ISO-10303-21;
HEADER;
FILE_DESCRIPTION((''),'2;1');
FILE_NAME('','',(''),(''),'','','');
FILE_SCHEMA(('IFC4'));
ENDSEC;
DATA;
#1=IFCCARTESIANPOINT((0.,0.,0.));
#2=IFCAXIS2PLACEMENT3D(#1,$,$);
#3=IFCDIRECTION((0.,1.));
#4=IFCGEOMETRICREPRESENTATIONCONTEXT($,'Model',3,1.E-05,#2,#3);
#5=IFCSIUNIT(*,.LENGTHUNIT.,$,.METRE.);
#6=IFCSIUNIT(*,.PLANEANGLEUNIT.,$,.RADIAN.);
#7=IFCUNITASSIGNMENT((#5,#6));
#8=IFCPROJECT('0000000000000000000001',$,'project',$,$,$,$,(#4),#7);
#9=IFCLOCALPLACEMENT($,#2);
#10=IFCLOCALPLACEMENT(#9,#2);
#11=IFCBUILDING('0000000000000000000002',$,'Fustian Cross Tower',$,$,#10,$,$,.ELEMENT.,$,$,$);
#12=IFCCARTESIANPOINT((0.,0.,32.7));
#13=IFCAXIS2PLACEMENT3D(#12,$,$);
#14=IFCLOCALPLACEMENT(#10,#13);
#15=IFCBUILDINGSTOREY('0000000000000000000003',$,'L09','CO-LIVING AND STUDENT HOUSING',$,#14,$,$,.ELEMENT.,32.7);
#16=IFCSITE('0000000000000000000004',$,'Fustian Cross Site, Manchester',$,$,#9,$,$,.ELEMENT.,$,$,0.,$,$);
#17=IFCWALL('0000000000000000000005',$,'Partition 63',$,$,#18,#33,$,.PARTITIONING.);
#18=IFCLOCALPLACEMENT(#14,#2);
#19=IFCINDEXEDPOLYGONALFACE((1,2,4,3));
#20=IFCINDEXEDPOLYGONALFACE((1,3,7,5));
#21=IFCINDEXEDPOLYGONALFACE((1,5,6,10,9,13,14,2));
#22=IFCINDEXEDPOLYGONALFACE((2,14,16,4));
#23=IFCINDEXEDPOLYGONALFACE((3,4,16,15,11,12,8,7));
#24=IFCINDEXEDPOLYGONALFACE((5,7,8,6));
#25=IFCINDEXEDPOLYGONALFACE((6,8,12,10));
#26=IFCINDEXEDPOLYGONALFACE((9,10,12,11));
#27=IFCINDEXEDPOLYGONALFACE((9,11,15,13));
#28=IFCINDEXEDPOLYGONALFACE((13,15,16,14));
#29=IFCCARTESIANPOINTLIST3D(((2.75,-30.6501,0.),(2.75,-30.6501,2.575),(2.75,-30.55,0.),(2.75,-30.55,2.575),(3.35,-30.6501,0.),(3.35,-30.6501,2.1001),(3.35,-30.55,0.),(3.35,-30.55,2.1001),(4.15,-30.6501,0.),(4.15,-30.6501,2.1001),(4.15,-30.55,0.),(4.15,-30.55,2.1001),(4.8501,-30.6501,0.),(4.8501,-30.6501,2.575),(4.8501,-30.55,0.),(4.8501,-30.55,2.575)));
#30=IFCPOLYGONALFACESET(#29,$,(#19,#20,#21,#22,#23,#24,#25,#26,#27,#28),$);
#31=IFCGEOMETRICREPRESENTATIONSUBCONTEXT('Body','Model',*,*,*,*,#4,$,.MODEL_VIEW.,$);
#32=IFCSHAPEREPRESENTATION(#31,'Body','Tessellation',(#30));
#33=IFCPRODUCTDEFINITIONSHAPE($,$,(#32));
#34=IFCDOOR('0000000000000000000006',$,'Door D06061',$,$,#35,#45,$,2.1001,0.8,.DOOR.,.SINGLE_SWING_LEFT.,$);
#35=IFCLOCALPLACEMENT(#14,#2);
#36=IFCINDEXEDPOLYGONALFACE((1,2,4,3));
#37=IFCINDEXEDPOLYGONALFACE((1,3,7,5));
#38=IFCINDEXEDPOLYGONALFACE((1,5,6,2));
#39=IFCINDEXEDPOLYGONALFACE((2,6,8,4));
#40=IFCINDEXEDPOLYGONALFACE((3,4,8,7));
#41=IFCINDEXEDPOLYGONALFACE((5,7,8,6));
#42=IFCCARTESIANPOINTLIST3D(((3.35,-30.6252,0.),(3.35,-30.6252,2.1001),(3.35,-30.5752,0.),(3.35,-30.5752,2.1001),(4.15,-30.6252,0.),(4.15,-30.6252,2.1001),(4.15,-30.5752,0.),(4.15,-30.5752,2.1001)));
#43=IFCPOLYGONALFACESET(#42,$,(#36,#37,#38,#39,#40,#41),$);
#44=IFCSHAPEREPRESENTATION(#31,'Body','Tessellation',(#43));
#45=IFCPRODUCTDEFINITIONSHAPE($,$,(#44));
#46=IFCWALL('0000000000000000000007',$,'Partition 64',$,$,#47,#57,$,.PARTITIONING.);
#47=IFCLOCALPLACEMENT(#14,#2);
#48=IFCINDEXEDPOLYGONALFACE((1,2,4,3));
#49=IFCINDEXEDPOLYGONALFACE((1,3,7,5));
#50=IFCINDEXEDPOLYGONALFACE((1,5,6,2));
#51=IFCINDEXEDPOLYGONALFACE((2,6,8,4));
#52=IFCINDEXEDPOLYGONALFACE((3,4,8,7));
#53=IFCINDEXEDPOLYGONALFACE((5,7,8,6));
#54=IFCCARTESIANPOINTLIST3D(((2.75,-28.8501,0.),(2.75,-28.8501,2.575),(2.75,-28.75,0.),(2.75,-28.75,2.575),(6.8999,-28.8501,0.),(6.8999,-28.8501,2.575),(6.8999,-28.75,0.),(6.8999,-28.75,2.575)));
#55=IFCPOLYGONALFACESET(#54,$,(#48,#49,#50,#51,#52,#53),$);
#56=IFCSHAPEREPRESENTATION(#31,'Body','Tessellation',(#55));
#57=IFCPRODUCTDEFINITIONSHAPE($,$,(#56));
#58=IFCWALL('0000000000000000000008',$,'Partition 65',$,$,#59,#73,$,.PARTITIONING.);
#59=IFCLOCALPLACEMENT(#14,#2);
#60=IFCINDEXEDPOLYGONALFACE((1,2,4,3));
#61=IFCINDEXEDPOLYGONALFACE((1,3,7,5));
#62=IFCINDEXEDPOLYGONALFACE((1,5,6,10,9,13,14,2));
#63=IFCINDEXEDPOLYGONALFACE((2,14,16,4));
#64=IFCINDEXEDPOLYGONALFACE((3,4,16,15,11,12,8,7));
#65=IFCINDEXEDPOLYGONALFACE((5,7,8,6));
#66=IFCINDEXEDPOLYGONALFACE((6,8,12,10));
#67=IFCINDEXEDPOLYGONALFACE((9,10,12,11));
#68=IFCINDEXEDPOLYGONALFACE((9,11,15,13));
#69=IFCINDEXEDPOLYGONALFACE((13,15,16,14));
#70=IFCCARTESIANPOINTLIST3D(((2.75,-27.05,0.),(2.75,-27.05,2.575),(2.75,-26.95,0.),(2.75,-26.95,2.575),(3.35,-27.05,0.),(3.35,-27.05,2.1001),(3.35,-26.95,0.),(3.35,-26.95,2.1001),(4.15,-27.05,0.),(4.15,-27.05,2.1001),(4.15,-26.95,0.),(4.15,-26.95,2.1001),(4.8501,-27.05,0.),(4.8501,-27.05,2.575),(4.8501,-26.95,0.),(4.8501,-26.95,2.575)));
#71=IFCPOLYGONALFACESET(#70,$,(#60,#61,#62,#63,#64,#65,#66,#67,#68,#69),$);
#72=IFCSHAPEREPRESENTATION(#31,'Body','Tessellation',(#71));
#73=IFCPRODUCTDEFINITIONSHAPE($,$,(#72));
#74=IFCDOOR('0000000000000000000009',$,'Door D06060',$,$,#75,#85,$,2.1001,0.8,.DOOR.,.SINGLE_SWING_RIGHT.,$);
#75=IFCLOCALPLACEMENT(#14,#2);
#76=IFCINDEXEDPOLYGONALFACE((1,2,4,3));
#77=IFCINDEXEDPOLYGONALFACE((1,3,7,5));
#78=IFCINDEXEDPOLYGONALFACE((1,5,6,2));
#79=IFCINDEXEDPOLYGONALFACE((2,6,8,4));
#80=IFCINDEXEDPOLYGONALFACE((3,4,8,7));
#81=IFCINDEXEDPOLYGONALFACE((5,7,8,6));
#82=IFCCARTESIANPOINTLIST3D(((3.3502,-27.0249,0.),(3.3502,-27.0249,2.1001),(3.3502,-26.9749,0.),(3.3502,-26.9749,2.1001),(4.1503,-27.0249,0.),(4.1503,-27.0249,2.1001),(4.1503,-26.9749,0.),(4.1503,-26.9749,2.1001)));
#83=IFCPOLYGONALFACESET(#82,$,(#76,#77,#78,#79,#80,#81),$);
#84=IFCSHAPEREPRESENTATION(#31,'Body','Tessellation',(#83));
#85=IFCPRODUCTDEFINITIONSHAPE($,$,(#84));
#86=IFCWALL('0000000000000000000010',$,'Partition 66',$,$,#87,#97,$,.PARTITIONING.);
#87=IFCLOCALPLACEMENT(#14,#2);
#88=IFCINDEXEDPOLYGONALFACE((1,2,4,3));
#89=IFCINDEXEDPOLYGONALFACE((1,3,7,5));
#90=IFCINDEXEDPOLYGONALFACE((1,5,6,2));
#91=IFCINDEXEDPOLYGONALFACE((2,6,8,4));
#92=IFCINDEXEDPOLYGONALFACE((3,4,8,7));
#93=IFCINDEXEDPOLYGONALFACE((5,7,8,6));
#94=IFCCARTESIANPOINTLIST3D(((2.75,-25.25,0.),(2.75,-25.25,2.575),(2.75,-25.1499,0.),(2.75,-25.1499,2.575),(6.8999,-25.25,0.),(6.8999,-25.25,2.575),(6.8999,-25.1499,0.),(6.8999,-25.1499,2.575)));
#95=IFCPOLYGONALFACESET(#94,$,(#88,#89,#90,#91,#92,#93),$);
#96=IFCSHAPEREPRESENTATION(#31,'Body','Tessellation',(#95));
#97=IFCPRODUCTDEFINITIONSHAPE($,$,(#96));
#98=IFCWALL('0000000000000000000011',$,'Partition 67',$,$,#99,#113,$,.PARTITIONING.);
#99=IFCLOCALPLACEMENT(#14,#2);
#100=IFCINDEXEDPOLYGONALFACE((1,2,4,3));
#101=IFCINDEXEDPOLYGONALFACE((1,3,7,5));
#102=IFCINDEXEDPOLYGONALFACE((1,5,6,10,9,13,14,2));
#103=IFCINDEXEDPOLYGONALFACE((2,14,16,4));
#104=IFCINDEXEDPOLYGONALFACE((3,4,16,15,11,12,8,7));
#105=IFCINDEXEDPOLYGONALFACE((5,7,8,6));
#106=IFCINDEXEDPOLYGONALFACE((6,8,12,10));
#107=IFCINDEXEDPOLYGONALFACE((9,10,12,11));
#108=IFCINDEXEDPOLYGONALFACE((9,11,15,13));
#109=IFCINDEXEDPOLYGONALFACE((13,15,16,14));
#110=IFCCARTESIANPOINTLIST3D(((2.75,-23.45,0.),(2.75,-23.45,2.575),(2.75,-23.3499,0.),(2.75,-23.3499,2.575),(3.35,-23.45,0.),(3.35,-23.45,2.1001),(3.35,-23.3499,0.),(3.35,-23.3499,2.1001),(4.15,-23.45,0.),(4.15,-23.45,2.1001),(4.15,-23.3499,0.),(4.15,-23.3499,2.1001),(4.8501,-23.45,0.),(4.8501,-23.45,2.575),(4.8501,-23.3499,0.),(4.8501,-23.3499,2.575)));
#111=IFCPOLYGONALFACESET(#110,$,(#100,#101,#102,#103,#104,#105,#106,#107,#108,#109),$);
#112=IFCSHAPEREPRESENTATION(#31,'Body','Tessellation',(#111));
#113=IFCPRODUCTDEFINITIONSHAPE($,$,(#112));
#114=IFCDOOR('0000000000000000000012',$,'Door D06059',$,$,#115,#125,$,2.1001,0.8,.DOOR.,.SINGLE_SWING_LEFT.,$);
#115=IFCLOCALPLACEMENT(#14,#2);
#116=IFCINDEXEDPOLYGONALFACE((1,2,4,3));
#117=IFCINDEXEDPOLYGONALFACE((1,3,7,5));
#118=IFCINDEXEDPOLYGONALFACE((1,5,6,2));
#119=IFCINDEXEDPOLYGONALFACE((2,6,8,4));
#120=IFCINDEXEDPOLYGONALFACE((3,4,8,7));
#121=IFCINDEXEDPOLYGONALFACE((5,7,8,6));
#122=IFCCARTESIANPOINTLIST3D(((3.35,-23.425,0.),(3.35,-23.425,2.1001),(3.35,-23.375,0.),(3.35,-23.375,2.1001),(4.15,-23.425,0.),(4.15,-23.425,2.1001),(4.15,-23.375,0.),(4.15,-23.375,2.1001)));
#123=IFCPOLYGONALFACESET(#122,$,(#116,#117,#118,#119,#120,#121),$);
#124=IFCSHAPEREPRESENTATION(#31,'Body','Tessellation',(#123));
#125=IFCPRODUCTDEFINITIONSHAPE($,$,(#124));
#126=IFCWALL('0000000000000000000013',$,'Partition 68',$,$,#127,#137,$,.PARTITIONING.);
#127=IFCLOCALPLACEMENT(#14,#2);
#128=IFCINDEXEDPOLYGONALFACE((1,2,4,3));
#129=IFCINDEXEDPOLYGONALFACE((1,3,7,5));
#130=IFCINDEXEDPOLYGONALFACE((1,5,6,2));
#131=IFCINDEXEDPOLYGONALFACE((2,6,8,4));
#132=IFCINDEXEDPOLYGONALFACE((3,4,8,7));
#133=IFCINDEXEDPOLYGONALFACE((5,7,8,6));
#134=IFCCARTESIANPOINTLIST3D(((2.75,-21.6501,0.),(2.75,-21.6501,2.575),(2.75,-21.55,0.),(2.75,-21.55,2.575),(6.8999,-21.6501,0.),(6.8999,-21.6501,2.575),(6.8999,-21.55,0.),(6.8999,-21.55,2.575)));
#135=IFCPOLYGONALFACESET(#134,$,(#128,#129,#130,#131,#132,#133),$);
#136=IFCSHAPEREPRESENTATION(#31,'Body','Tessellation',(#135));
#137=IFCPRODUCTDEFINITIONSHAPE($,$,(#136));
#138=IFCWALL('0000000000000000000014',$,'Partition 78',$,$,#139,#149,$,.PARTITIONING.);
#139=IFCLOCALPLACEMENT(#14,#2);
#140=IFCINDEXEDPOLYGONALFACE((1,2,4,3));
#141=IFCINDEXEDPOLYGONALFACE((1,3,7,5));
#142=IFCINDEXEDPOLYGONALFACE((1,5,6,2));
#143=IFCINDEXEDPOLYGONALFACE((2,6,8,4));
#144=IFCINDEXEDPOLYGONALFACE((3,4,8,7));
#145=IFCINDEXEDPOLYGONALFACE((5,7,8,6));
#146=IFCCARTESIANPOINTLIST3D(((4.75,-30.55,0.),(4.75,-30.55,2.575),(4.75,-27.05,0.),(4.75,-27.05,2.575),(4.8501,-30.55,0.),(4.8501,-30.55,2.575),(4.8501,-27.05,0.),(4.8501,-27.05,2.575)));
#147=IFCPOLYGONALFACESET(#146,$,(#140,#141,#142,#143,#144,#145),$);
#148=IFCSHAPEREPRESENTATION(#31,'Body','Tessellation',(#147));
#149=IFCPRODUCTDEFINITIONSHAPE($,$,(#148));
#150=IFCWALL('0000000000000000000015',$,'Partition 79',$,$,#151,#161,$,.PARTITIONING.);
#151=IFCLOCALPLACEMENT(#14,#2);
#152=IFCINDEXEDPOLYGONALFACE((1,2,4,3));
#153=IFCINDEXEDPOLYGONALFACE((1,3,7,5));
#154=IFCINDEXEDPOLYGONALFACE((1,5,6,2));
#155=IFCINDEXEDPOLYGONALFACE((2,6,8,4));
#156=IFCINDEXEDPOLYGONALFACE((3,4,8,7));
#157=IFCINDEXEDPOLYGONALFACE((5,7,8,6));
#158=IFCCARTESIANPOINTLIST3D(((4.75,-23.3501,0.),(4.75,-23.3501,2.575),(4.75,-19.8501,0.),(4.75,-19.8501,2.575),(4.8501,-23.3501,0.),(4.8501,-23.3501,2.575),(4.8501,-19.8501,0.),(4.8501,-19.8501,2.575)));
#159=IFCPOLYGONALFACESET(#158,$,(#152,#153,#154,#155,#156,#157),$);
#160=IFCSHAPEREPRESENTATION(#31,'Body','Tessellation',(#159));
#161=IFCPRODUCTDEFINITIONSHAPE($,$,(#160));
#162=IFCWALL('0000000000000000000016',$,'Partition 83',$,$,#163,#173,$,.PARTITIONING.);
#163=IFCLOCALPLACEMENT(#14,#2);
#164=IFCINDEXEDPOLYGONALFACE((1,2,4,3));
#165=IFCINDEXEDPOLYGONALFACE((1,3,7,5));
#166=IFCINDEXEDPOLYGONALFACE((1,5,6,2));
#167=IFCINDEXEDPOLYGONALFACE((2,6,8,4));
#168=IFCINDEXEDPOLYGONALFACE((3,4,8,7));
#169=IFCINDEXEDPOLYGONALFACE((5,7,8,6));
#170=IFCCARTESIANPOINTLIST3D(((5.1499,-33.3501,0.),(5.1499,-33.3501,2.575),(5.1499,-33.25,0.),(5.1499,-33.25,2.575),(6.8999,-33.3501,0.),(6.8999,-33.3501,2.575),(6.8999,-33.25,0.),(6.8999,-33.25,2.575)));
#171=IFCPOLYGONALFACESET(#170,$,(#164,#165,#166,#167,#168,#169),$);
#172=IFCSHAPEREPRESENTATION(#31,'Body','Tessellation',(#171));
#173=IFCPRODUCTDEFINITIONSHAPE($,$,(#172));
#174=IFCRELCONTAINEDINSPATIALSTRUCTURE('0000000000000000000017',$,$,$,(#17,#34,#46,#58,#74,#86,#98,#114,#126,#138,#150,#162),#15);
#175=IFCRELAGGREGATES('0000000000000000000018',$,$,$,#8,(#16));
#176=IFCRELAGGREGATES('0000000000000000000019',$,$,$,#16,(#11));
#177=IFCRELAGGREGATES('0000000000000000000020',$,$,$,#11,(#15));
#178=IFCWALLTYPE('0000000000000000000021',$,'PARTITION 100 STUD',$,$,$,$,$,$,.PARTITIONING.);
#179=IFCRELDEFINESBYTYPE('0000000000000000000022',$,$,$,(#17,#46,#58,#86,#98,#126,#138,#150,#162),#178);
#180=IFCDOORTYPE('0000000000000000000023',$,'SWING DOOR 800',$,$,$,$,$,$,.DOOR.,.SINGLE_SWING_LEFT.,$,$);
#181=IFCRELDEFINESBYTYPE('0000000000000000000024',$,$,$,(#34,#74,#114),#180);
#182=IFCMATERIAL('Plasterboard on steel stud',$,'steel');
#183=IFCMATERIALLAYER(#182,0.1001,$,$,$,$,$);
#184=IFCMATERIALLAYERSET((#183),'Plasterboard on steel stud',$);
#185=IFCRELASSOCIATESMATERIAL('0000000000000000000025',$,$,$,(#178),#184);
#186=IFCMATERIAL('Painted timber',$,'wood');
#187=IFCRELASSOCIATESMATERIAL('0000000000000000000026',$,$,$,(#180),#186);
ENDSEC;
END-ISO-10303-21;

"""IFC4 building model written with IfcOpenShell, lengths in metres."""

from ifc_helpers import new_model, si_unit, direction, frame, frame_2d, origin, place, context, subcontext, project, spatial, rectangle, extrude, material, layer, layer_set, type_object, element, fill, save


model = new_model("IFC4")

# Units and contexts
model_context = context("Model", 3, precision=1e-05, world=origin(), true_north=direction((0.0, 1.0)))
body_context = subcontext(model_context, "Body", "Model", "MODEL_VIEW")
ifc_project = project(units=[si_unit("LENGTHUNIT", "METRE"), si_unit("PLANEANGLEUNIT", "RADIAN")], contexts=[model_context])

# Site, building, storey
site_placement = place(None, origin())
site = spatial("IfcSite", under=ifc_project, at=site_placement, Name="Fustian Cross Site, Manchester", CompositionType="ELEMENT", RefElevation=0.0)
building_placement = place(site_placement, origin())
building = spatial("IfcBuilding", under=site, at=building_placement, Name="Fustian Cross Tower", CompositionType="ELEMENT")
storey_placement = place(building_placement, frame((0.0, 0.0, 32.7)))
storey = spatial("IfcBuildingStorey", under=building, at=storey_placement, Name="L09", Description="CO-LIVING AND STUDENT HOUSING", CompositionType="ELEMENT", Elevation=32.7)

# Shared definitions
ifc_material_1 = material(Name="Plasterboard on steel stud", Category="steel")
ifc_layer_1 = layer(ifc_material_1, 0.1001)
ifc_layer_set_1 = layer_set([ifc_layer_1], Name="Plasterboard on steel stud")
wall_type_1 = type_object("IfcWallType", Name="PARTITION 100 STUD", PredefinedType="PARTITIONING", material=ifc_layer_set_1)

# Wall, opening, door
wall_1_placement = place(storey_placement, frame((2.75, -30.6001, 0.0), z_axis=(0.0, 0.0, 1.0), x_axis=(1.0, 0.0, 0.0)))
wall_1 = element("IfcWall", 1, at=wall_1_placement, inside=storey, type_object=wall_type_1, Name="Partition 63", PredefinedType="PARTITIONING", context=body_context, shape_type="SweptSolid", body=[
    extrude(rectangle(XDim=2.1001, YDim=0.1001, at=frame_2d((1.05, 0.0))), origin(), (0.0, 0.0, 1.0), 2.575),
])
opening_1_placement = place(wall_1_placement, frame((0.6001, 0.0, 0.0)))
opening_1 = element("IfcOpeningElement", 2, at=opening_1_placement, cuts=wall_1, PredefinedType="OPENING", context=body_context, shape_type="SweptSolid", body=[
    extrude(rectangle(XDim=0.8, YDim=2.1001, at=frame_2d((0.3999, 1.05))), frame((0.0, 0.0601, 0.0), z_axis=(0.0, -1.0, 0.0), x_axis=(1.0, 0.0, 0.0)), (0.0, 0.0, 1.0), 0.1201),
])
ifc_material_2 = material(Name="Painted timber", Category="wood")
door_type_1 = type_object("IfcDoorType", Name="SWING DOOR 800", OperationType="SINGLE_SWING_LEFT", PredefinedType="DOOR", material=ifc_material_2)
door_1_placement = place(opening_1_placement, origin())
door_1 = element("IfcDoor", 3, at=door_1_placement, inside=storey, type_object=door_type_1, Name="Door D06061", OperationType="SINGLE_SWING_LEFT", OverallHeight=2.1001, OverallWidth=0.8, PredefinedType="DOOR", context=body_context, shape_type="SweptSolid", body=[
    extrude(rectangle(XDim=0.8, YDim=2.1001, at=frame_2d((0.3999, 1.05))), frame((0.0, 0.0249, 0.0), z_axis=(0.0, -1.0, 0.0), x_axis=(1.0, 0.0, 0.0)), (0.0, 0.0, 1.0), 0.05),
])
fill(opening_1, door_1)

# Wall
wall_2_placement = place(storey_placement, frame((2.75, -28.8, 0.0), z_axis=(0.0, 0.0, 1.0), x_axis=(1.0, 0.0, 0.0)))
element("IfcWall", 4, at=wall_2_placement, inside=storey, type_object=wall_type_1, Name="Partition 64", PredefinedType="PARTITIONING", context=body_context, shape_type="SweptSolid", body=[
    extrude(rectangle(XDim=4.1499, YDim=0.1001, at=frame_2d((2.075, 0.0))), origin(), (0.0, 0.0, 1.0), 2.575),
])

# Wall, opening, door
wall_3_placement = place(storey_placement, frame((2.75, -27.0, 0.0), z_axis=(0.0, 0.0, 1.0), x_axis=(1.0, 0.0, 0.0)))
wall_3 = element("IfcWall", 5, at=wall_3_placement, inside=storey, type_object=wall_type_1, Name="Partition 65", PredefinedType="PARTITIONING", context=body_context, shape_type="SweptSolid", body=[
    extrude(rectangle(XDim=2.1001, YDim=0.1001, at=frame_2d((1.05, 0.0))), origin(), (0.0, 0.0, 1.0), 2.575),
])
opening_2_placement = place(wall_3_placement, frame((0.6001, 0.0, 0.0)))
opening_2 = element("IfcOpeningElement", 6, at=opening_2_placement, cuts=wall_3, PredefinedType="OPENING", context=body_context, shape_type="SweptSolid", body=[
    extrude(rectangle(XDim=0.8, YDim=2.1001, at=frame_2d((0.3999, 1.05))), frame((0.0, 0.0601, 0.0), z_axis=(0.0, -1.0, 0.0), x_axis=(1.0, 0.0, 0.0)), (0.0, 0.0, 1.0), 0.1201),
])
door_2_placement = place(opening_2_placement, frame((0.8, 0.0, 0.0), z_axis=(0.0, 0.0, 1.0), x_axis=(-1.0, 0.0, 0.0)))
door_2 = element("IfcDoor", 7, at=door_2_placement, inside=storey, type_object=door_type_1, Name="Door D06060", OperationType="SINGLE_SWING_RIGHT", OverallHeight=2.1001, OverallWidth=0.8, PredefinedType="DOOR", context=body_context, shape_type="SweptSolid", body=[
    extrude(rectangle(XDim=0.8, YDim=2.1001, at=frame_2d((0.3999, 1.05))), frame((0.0, 0.0249, 0.0), z_axis=(0.0, -1.0, 0.0), x_axis=(1.0, 0.0, 0.0)), (0.0, 0.0, 1.0), 0.05),
])
fill(opening_2, door_2)

# Wall
wall_4_placement = place(storey_placement, frame((2.75, -25.2, 0.0), z_axis=(0.0, 0.0, 1.0), x_axis=(1.0, 0.0, 0.0)))
element("IfcWall", 8, at=wall_4_placement, inside=storey, type_object=wall_type_1, Name="Partition 66", PredefinedType="PARTITIONING", context=body_context, shape_type="SweptSolid", body=[
    extrude(rectangle(XDim=4.1499, YDim=0.1001, at=frame_2d((2.075, 0.0))), origin(), (0.0, 0.0, 1.0), 2.575),
])

# Wall, opening, door
wall_5_placement = place(storey_placement, frame((2.75, -23.3999, 0.0), z_axis=(0.0, 0.0, 1.0), x_axis=(1.0, 0.0, 0.0)))
wall_5 = element("IfcWall", 9, at=wall_5_placement, inside=storey, type_object=wall_type_1, Name="Partition 67", PredefinedType="PARTITIONING", context=body_context, shape_type="SweptSolid", body=[
    extrude(rectangle(XDim=2.1001, YDim=0.1001, at=frame_2d((1.05, 0.0))), origin(), (0.0, 0.0, 1.0), 2.575),
])
opening_3_placement = place(wall_5_placement, frame((0.6001, 0.0, 0.0)))
opening_3 = element("IfcOpeningElement", 10, at=opening_3_placement, cuts=wall_5, PredefinedType="OPENING", context=body_context, shape_type="SweptSolid", body=[
    extrude(rectangle(XDim=0.8, YDim=2.1001, at=frame_2d((0.3999, 1.05))), frame((0.0, 0.0601, 0.0), z_axis=(0.0, -1.0, 0.0), x_axis=(1.0, 0.0, 0.0)), (0.0, 0.0, 1.0), 0.1201),
])
door_3_placement = place(opening_3_placement, origin())
door_3 = element("IfcDoor", 11, at=door_3_placement, inside=storey, type_object=door_type_1, Name="Door D06059", OperationType="SINGLE_SWING_LEFT", OverallHeight=2.1001, OverallWidth=0.8, PredefinedType="DOOR", context=body_context, shape_type="SweptSolid", body=[
    extrude(rectangle(XDim=0.8, YDim=2.1001, at=frame_2d((0.3999, 1.05))), frame((0.0, 0.0249, 0.0), z_axis=(0.0, -1.0, 0.0), x_axis=(1.0, 0.0, 0.0)), (0.0, 0.0, 1.0), 0.05),
])
fill(opening_3, door_3)

# Walls
wall_6_placement = place(storey_placement, frame((2.75, -21.6001, 0.0), z_axis=(0.0, 0.0, 1.0), x_axis=(1.0, 0.0, 0.0)))
element("IfcWall", 12, at=wall_6_placement, inside=storey, type_object=wall_type_1, Name="Partition 68", PredefinedType="PARTITIONING", context=body_context, shape_type="SweptSolid", body=[
    extrude(rectangle(XDim=4.1499, YDim=0.1001, at=frame_2d((2.075, 0.0))), origin(), (0.0, 0.0, 1.0), 2.575),
])
for number, where, z_axis, x_axis, name in (
    (13, (4.8, -30.55, 0.0), (0.0, 0.0, 1.0), (0.0, 1.0, 0.0), "Partition 78"),
    (14, (4.8, -23.3501, 0.0), (0.0, 0.0, 1.0), (0.0, 1.0, 0.0), "Partition 79"),
):
    element("IfcWall", number, at=place(storey_placement, frame(where, z_axis=z_axis, x_axis=x_axis)), inside=storey, type_object=wall_type_1, Name=name, PredefinedType="PARTITIONING", context=body_context, shape_type="SweptSolid", body=[
        extrude(rectangle(XDim=3.5, YDim=0.1001, at=frame_2d((1.75, 0.0))), origin(), (0.0, 0.0, 1.0), 2.575),
    ])
wall_7_placement = place(storey_placement, frame((5.1499, -33.3, 0.0), z_axis=(0.0, 0.0, 1.0), x_axis=(1.0, 0.0, 0.0)))
element("IfcWall", 15, at=wall_7_placement, inside=storey, type_object=wall_type_1, Name="Partition 83", PredefinedType="PARTITIONING", context=body_context, shape_type="SweptSolid", body=[
    extrude(rectangle(XDim=1.75, YDim=0.1001, at=frame_2d((0.875, 0.0))), origin(), (0.0, 0.0, 1.0), 2.575),
])

save(model, "model.ifc")
